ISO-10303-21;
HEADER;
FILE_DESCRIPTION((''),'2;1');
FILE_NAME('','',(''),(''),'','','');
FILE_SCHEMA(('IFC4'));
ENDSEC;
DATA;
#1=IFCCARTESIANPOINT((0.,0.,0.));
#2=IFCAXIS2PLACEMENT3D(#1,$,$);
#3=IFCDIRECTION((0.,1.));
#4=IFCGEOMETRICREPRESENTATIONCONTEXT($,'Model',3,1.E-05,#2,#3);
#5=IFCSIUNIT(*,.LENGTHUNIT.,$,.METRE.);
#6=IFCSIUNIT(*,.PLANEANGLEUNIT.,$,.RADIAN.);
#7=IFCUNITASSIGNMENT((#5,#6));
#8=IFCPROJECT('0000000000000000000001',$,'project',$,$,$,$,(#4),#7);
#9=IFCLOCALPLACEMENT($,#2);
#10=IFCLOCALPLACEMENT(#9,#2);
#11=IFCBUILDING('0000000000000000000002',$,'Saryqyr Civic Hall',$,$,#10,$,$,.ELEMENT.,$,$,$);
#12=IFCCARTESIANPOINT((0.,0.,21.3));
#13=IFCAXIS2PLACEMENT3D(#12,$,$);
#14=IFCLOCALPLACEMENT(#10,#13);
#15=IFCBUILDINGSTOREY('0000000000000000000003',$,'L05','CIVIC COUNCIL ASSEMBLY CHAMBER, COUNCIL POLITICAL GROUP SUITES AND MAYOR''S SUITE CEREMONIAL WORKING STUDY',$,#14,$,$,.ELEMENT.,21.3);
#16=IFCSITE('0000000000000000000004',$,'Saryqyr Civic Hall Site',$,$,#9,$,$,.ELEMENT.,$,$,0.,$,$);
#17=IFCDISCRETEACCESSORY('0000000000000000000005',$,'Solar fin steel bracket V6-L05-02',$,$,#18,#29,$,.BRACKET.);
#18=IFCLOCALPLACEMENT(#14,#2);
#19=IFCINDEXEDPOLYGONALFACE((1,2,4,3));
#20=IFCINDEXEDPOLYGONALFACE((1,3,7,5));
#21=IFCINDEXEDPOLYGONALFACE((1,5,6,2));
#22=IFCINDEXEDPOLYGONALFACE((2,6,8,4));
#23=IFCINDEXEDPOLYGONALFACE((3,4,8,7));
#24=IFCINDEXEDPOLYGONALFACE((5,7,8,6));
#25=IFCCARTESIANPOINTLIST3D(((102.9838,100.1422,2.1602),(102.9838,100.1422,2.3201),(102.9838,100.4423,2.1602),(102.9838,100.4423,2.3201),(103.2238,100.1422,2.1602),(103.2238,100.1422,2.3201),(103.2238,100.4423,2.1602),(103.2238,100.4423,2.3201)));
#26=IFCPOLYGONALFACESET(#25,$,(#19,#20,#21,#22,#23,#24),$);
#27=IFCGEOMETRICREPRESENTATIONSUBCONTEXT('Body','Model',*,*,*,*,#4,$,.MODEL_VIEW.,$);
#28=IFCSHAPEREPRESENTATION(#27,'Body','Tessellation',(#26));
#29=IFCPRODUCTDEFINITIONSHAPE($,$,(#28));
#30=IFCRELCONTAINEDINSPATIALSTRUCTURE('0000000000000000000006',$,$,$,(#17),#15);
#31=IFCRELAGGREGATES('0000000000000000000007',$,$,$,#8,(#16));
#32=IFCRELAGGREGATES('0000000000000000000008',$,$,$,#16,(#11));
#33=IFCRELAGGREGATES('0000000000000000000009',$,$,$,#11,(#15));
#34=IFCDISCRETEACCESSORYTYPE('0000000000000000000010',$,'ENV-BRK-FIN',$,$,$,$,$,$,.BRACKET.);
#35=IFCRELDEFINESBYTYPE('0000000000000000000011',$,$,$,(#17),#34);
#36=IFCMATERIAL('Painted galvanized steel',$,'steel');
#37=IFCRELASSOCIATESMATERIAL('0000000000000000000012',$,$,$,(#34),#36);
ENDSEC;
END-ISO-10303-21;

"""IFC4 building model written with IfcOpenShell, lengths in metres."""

from ifc_helpers import new_model, si_unit, direction, frame, origin, origin_2d, place, context, subcontext, project, spatial, rectangle, extrude, material, type_object, element, save


model = new_model("IFC4")

# Units and contexts
model_context = context("Model", 3, precision=1e-05, world=origin(), true_north=direction((0.0, 1.0)))
body_context = subcontext(model_context, "Body", "Model", "MODEL_VIEW")
ifc_project = project(units=[si_unit("LENGTHUNIT", "METRE"), si_unit("PLANEANGLEUNIT", "RADIAN")], contexts=[model_context])

# Site, building, storey
site_placement = place(None, origin())
site = spatial("IfcSite", under=ifc_project, at=site_placement, Name="Saryqyr Civic Hall Site", CompositionType="ELEMENT", RefElevation=0.0)
building_placement = place(site_placement, origin())
building = spatial("IfcBuilding", under=site, at=building_placement, Name="Saryqyr Civic Hall", CompositionType="ELEMENT")
storey_placement = place(building_placement, frame((0.0, 0.0, 21.3)))
storey = spatial("IfcBuildingStorey", under=building, at=storey_placement, Name="L05", Description="CIVIC COUNCIL ASSEMBLY CHAMBER, COUNCIL POLITICAL GROUP SUITES AND MAYOR'S SUITE CEREMONIAL WORKING STUDY", CompositionType="ELEMENT", Elevation=21.3)

# Discrete accessory
ifc_material_1 = material(Name="Painted galvanized steel", Category="steel")
discrete_accessory_type = type_object("IfcDiscreteAccessoryType", Name="ENV-BRK-FIN", PredefinedType="BRACKET", material=ifc_material_1)
discrete_accessory_placement = place(storey_placement, frame((103.1038, 100.2922, 2.1602), z_axis=(0.0, 0.0, 1.0), x_axis=(1.0, 0.0, 0.0)))
element("IfcDiscreteAccessory", 1, at=discrete_accessory_placement, inside=storey, type_object=discrete_accessory_type, Name="Solar fin steel bracket V6-L05-02", PredefinedType="BRACKET", context=body_context, shape_type="SweptSolid", body=[
    extrude(rectangle(XDim=0.24, YDim=0.3, at=origin_2d()), origin(), (0.0, 0.0, 1.0), 0.1599),
])

save(model, "model.ifc")
